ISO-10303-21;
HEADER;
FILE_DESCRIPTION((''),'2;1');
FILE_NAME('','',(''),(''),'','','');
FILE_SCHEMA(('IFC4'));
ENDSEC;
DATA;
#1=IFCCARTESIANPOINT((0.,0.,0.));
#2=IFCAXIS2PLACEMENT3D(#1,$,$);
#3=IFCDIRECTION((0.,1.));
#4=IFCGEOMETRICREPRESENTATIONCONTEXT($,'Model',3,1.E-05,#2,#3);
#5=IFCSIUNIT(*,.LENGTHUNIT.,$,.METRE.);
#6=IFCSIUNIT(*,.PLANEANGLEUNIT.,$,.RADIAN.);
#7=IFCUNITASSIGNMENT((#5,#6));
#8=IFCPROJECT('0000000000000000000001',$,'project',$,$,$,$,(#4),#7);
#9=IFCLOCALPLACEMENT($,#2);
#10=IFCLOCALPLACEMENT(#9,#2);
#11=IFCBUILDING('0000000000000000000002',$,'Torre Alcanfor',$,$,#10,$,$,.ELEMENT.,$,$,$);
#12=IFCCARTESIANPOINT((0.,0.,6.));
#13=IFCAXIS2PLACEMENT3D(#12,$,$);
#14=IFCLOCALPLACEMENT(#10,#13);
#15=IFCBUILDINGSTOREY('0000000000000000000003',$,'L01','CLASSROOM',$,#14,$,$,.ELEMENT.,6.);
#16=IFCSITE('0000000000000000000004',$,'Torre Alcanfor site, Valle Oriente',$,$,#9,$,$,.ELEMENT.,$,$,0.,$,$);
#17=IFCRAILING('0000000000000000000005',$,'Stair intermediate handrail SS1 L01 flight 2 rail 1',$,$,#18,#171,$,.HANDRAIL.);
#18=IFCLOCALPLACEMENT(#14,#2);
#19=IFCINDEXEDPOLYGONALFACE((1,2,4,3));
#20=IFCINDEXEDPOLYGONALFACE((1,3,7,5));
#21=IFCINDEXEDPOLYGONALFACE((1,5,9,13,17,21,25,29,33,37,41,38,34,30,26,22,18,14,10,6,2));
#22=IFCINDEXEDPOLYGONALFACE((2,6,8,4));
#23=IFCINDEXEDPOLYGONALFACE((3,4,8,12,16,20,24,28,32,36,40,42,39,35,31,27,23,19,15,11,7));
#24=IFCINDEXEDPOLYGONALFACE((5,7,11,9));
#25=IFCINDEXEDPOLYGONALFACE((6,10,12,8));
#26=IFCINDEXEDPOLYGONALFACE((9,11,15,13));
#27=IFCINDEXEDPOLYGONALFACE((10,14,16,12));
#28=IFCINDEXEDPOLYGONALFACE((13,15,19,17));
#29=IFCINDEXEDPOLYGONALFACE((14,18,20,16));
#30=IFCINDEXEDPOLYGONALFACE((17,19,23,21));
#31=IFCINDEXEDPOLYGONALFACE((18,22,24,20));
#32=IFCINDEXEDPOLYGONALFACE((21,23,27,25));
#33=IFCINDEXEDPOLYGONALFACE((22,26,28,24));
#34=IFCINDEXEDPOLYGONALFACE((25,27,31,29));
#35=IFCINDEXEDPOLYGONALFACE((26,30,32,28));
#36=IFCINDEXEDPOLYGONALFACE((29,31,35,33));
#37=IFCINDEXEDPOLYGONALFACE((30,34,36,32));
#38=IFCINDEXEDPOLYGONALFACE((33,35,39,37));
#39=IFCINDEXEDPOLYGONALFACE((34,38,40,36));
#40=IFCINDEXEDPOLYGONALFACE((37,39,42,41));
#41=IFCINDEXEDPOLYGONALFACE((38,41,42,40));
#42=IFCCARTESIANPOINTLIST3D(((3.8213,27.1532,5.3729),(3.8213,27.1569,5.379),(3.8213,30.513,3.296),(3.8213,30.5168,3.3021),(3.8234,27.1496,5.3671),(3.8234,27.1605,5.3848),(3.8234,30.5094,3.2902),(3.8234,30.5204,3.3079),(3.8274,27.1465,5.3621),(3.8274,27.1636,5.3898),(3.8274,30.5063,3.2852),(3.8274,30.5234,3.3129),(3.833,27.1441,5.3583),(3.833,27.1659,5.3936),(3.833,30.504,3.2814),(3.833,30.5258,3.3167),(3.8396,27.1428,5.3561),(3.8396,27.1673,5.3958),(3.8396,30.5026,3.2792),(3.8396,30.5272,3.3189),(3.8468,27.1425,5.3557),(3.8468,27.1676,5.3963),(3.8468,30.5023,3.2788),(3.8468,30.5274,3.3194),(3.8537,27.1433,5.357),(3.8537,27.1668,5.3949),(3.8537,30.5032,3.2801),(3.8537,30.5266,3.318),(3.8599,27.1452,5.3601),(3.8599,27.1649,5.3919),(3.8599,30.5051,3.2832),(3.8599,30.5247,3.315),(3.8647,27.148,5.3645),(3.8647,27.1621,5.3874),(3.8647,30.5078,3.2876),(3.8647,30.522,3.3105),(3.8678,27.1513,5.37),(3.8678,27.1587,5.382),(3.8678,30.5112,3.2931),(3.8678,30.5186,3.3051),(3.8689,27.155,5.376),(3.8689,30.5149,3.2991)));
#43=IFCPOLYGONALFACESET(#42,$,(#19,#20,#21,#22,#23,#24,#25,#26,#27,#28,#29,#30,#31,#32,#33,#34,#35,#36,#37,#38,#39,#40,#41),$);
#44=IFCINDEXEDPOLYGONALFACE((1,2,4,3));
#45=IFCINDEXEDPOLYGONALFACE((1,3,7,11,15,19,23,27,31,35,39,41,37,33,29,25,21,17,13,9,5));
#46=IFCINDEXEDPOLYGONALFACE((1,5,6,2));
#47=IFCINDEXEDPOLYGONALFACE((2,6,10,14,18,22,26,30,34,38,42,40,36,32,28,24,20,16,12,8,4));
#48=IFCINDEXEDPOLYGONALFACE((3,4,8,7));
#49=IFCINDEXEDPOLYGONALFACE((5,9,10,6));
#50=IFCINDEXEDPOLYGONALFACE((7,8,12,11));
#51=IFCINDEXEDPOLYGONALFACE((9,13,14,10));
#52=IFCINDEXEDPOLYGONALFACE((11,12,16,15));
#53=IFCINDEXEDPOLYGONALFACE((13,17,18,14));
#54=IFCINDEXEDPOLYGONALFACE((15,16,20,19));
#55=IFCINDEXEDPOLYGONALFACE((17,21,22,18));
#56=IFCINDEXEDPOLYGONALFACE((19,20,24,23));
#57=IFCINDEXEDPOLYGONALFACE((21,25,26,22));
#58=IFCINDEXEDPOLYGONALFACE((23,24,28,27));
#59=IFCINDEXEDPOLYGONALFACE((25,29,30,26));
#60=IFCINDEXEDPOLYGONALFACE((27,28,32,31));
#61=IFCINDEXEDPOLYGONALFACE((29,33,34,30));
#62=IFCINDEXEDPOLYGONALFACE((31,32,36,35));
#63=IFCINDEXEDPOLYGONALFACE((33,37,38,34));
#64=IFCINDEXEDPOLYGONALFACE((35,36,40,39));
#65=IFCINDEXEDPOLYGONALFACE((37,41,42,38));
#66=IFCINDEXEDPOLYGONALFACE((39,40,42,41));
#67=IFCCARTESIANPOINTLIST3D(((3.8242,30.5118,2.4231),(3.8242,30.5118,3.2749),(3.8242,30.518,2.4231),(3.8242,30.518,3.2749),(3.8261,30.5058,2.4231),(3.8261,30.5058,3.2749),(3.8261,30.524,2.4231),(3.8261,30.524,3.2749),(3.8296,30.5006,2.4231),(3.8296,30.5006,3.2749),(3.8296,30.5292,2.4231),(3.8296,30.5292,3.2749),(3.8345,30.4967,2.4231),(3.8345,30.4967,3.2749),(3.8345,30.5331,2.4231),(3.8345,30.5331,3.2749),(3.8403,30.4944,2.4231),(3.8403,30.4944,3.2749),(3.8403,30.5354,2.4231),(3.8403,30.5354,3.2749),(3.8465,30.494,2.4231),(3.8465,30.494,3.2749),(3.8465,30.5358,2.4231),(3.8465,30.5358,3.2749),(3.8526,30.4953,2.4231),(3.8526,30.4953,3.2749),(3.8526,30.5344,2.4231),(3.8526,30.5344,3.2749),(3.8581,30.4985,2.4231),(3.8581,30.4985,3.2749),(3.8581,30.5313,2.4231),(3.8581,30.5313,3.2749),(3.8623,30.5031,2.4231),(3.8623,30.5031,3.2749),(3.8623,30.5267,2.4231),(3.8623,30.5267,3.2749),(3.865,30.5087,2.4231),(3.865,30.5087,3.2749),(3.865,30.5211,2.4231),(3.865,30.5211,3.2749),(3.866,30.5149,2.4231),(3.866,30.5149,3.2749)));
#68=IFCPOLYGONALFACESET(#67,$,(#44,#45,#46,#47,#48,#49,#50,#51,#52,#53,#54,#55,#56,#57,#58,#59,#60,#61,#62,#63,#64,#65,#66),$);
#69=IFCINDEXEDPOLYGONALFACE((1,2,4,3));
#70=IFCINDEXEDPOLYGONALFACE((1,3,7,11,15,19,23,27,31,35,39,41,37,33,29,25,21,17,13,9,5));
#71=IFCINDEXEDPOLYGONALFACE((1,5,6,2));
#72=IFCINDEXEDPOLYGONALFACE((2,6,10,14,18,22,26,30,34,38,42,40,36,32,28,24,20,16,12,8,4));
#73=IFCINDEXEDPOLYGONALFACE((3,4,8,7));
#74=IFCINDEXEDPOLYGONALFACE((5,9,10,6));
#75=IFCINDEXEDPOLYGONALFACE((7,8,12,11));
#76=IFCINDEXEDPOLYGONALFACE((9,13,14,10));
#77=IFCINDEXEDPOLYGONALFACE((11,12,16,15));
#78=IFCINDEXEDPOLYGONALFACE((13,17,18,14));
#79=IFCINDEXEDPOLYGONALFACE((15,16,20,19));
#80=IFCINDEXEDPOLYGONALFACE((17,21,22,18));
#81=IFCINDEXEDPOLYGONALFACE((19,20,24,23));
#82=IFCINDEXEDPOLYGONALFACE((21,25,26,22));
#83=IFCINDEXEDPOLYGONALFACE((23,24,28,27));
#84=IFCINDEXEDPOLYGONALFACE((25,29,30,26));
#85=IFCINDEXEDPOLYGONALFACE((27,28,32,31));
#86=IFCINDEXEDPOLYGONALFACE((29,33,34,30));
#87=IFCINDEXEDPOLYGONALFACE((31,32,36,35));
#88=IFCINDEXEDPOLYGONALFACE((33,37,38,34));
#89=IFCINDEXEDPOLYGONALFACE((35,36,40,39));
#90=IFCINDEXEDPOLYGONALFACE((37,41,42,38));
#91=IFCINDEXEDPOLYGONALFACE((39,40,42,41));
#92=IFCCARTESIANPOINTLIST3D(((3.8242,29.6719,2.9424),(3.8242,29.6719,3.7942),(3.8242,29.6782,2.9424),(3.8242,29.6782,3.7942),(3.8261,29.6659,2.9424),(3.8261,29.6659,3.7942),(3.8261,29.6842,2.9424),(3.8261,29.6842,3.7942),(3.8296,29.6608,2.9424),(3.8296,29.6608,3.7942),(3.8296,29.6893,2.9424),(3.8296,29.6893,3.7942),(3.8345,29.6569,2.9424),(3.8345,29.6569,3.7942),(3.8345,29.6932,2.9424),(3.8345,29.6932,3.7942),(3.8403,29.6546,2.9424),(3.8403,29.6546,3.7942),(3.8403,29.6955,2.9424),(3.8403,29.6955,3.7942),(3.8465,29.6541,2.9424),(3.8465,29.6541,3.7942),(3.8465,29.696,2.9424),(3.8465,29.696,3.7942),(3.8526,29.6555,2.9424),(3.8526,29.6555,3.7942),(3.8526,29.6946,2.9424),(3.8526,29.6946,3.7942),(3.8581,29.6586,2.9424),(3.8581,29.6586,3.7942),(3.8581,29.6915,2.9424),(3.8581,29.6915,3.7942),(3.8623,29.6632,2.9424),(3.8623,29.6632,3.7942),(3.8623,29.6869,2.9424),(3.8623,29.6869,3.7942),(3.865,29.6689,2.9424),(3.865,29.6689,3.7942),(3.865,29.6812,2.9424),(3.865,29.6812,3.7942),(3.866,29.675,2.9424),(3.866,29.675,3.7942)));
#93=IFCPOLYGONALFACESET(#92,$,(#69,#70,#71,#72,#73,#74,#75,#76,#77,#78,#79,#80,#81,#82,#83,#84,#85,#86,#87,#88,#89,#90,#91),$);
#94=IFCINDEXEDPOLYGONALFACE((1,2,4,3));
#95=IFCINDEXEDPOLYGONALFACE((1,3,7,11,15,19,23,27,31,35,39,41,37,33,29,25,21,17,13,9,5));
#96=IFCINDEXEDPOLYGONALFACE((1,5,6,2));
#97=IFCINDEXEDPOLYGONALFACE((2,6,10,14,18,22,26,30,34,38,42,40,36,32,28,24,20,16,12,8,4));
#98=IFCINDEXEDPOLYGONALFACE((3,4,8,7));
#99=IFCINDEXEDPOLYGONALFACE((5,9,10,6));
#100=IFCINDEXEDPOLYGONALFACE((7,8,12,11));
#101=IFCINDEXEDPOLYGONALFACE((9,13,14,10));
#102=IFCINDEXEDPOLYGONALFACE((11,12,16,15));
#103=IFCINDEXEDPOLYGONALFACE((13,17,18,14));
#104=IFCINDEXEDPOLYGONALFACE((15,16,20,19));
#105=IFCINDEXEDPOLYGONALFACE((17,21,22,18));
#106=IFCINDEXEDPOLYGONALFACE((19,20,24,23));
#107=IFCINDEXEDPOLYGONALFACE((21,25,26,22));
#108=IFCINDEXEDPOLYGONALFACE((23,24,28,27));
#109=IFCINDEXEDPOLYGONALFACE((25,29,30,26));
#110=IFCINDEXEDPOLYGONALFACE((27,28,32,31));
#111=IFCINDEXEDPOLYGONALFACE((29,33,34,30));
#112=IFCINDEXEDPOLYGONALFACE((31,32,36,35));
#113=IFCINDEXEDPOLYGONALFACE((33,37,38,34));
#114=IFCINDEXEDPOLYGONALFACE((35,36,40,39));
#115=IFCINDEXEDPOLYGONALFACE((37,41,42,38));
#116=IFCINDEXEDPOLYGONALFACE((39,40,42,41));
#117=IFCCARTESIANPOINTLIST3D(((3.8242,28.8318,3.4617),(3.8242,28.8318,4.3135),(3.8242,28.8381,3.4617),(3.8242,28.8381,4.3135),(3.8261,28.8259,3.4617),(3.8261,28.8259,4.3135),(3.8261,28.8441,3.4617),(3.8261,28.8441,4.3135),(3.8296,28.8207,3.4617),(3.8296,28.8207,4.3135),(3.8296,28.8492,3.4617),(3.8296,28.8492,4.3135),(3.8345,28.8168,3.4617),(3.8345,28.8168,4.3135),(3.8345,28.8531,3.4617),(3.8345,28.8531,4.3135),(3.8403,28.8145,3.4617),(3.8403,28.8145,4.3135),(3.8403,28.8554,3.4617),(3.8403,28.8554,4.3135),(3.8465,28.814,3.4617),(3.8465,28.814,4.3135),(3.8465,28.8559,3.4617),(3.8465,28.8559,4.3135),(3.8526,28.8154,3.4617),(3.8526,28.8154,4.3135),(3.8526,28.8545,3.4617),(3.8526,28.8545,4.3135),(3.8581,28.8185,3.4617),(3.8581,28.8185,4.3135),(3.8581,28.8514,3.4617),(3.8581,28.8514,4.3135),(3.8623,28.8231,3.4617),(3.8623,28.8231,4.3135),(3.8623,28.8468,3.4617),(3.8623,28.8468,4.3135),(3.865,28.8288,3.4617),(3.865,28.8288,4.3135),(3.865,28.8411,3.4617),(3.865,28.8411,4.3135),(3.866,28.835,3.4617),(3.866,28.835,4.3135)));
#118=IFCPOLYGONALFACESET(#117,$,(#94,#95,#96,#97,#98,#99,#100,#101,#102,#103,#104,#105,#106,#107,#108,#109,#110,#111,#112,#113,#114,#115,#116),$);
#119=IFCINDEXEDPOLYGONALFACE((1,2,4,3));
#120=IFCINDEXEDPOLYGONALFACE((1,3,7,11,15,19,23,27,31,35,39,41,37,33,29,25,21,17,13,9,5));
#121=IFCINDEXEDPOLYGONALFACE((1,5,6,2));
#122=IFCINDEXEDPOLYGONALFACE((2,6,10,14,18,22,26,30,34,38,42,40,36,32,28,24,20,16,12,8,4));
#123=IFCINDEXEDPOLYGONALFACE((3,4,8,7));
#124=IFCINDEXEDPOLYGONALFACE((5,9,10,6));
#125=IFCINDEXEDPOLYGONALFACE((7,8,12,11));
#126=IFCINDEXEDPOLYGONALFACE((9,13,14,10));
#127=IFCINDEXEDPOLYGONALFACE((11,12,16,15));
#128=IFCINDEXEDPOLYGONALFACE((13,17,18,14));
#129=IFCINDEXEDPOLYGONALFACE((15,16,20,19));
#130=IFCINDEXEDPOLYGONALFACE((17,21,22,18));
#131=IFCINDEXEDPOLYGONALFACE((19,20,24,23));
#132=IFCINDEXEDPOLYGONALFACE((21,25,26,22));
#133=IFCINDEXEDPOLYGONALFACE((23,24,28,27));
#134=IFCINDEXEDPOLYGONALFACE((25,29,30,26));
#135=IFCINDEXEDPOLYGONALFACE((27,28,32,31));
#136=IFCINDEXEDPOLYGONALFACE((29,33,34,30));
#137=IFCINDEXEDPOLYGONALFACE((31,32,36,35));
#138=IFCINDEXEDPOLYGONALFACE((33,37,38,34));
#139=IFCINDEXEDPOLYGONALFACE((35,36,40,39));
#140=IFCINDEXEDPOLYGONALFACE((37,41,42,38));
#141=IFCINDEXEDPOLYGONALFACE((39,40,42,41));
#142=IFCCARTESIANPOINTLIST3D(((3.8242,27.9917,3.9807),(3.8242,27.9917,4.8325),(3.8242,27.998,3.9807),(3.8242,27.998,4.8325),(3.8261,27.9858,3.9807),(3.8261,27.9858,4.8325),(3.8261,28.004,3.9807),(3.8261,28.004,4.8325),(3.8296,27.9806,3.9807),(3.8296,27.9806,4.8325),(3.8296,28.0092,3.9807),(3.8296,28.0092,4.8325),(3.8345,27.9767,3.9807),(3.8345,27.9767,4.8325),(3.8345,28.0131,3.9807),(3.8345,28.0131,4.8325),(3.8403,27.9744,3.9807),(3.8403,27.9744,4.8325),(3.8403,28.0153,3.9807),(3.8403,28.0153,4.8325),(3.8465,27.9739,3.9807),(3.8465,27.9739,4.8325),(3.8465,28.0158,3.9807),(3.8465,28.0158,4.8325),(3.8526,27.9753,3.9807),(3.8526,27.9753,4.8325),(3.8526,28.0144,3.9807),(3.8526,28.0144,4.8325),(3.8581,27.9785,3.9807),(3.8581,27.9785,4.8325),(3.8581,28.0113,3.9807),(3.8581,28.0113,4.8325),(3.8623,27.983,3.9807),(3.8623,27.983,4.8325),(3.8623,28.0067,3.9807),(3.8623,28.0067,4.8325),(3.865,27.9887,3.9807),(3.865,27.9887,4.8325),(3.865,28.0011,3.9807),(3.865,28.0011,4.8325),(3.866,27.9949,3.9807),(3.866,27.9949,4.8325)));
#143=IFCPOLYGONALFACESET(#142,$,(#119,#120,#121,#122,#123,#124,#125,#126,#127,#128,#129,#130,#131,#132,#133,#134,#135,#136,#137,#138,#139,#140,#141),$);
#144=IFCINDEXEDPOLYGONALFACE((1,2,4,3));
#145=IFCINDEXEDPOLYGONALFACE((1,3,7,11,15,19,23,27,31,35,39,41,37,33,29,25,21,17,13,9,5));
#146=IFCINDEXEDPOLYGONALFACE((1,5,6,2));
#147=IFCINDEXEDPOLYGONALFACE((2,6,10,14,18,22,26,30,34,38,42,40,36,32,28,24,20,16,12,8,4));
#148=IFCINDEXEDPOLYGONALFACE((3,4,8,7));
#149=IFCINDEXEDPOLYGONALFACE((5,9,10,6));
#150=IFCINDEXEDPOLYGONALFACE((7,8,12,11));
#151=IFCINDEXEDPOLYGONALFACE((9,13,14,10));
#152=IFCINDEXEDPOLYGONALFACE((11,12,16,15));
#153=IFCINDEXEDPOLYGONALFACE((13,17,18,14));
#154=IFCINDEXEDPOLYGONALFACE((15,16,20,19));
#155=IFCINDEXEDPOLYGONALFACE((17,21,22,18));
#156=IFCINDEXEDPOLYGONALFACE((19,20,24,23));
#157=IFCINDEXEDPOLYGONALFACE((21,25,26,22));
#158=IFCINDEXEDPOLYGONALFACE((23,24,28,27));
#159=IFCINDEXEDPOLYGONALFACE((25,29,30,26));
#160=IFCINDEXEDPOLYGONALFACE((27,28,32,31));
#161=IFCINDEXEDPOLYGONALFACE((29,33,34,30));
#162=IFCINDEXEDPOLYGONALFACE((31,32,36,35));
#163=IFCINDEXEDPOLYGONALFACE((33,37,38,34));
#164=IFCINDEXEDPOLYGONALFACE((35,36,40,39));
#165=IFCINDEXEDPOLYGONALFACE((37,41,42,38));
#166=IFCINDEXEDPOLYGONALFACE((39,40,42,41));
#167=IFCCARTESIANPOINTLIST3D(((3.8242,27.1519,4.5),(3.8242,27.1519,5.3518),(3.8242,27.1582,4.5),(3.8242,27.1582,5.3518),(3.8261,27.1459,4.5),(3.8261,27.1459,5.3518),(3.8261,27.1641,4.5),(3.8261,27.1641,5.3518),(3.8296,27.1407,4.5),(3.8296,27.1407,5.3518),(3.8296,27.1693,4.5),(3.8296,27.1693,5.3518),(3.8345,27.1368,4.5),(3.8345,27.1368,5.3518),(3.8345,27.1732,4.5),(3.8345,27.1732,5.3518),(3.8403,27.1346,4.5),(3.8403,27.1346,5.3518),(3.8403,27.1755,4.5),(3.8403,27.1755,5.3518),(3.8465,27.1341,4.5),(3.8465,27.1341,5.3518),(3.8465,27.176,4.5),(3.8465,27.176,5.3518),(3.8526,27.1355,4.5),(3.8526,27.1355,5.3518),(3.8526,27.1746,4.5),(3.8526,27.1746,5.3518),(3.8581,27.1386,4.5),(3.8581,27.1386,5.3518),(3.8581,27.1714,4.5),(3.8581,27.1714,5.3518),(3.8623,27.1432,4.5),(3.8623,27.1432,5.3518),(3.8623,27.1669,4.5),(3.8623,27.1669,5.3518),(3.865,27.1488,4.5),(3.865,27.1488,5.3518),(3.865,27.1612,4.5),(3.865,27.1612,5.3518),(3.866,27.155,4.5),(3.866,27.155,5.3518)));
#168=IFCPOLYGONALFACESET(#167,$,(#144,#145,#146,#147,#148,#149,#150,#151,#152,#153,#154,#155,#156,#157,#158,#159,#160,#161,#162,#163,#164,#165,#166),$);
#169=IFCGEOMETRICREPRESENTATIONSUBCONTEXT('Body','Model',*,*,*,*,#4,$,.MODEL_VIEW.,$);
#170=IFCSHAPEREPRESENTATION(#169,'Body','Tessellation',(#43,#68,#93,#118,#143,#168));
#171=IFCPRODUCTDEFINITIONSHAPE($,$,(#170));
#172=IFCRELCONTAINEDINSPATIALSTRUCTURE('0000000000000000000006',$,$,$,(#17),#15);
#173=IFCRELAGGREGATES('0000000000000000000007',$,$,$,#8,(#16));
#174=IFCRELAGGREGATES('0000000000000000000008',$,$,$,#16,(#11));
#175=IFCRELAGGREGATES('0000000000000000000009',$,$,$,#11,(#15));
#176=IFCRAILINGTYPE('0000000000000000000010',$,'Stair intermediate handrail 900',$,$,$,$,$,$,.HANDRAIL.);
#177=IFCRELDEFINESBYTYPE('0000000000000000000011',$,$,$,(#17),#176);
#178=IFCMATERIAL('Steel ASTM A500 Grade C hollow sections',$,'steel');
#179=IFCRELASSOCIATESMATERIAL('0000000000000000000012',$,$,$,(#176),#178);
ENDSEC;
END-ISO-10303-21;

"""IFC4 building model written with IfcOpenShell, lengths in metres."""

from ifc_helpers import new_model, si_unit, direction, frame, origin, origin_2d, place, context, subcontext, project, spatial, circle, extrude, material, type_object, element, save


model = new_model("IFC4")

# Units and contexts
model_context = context("Model", 3, precision=1e-05, world=origin(), true_north=direction((0.0, 1.0)))
body_context = subcontext(model_context, "Body", "Model", "MODEL_VIEW")
ifc_project = project(units=[si_unit("LENGTHUNIT", "METRE"), si_unit("PLANEANGLEUNIT", "RADIAN")], contexts=[model_context])

# Site, building, storey
site_placement = place(None, origin())
site = spatial("IfcSite", under=ifc_project, at=site_placement, Name="Torre Alcanfor site, Valle Oriente", CompositionType="ELEMENT", RefElevation=0.0)
building_placement = place(site_placement, origin())
building = spatial("IfcBuilding", under=site, at=building_placement, Name="Torre Alcanfor", CompositionType="ELEMENT")
storey_placement = place(building_placement, frame((0.0, 0.0, 6.0)))
storey = spatial("IfcBuildingStorey", under=building, at=storey_placement, Name="L01", Description="CLASSROOM", CompositionType="ELEMENT", Elevation=6.0)

# Railing
ifc_material_1 = material(Name="Steel ASTM A500 Grade C hollow sections", Category="steel")
railing_type_1 = type_object("IfcRailingType", Name="Stair intermediate handrail 900", PredefinedType="HANDRAIL", material=ifc_material_1)
railing_1_placement = place(storey_placement, frame((3.845, 30.5149, 2.4231)))
element("IfcRailing", 1, at=railing_1_placement, inside=storey, type_object=railing_type_1, Name="Stair intermediate handrail SS1 L01 flight 2 rail 1", PredefinedType="HANDRAIL", context=body_context, shape_type="SweptSolid", body=[
    extrude(circle(Radius=0.0239, at=origin_2d()), frame((0.0, 0.0, 0.876), z_axis=(0.0, -0.850606, 0.525803), x_axis=(1.0, 0.0, 0.0)), (0.0, 0.0, 1.0), 3.95),
    extrude(circle(Radius=0.021, at=origin_2d()), origin(), (0.0, 0.0, 1.0), 0.8518),
    extrude(circle(Radius=0.021, at=origin_2d()), frame((0.0, -0.8398, 0.5193)), (0.0, 0.0, 1.0), 0.8518),
    extrude(circle(Radius=0.021, at=origin_2d()), frame((0.0, -1.6799, 1.0386)), (0.0, 0.0, 1.0), 0.8518),
    extrude(circle(Radius=0.021, at=origin_2d()), frame((0.0, -2.52, 1.5576)), (0.0, 0.0, 1.0), 0.8518),
    extrude(circle(Radius=0.021, at=origin_2d()), frame((0.0, -3.3599, 2.0769)), (0.0, 0.0, 1.0), 0.8518),
])

save(model, "model.ifc")
